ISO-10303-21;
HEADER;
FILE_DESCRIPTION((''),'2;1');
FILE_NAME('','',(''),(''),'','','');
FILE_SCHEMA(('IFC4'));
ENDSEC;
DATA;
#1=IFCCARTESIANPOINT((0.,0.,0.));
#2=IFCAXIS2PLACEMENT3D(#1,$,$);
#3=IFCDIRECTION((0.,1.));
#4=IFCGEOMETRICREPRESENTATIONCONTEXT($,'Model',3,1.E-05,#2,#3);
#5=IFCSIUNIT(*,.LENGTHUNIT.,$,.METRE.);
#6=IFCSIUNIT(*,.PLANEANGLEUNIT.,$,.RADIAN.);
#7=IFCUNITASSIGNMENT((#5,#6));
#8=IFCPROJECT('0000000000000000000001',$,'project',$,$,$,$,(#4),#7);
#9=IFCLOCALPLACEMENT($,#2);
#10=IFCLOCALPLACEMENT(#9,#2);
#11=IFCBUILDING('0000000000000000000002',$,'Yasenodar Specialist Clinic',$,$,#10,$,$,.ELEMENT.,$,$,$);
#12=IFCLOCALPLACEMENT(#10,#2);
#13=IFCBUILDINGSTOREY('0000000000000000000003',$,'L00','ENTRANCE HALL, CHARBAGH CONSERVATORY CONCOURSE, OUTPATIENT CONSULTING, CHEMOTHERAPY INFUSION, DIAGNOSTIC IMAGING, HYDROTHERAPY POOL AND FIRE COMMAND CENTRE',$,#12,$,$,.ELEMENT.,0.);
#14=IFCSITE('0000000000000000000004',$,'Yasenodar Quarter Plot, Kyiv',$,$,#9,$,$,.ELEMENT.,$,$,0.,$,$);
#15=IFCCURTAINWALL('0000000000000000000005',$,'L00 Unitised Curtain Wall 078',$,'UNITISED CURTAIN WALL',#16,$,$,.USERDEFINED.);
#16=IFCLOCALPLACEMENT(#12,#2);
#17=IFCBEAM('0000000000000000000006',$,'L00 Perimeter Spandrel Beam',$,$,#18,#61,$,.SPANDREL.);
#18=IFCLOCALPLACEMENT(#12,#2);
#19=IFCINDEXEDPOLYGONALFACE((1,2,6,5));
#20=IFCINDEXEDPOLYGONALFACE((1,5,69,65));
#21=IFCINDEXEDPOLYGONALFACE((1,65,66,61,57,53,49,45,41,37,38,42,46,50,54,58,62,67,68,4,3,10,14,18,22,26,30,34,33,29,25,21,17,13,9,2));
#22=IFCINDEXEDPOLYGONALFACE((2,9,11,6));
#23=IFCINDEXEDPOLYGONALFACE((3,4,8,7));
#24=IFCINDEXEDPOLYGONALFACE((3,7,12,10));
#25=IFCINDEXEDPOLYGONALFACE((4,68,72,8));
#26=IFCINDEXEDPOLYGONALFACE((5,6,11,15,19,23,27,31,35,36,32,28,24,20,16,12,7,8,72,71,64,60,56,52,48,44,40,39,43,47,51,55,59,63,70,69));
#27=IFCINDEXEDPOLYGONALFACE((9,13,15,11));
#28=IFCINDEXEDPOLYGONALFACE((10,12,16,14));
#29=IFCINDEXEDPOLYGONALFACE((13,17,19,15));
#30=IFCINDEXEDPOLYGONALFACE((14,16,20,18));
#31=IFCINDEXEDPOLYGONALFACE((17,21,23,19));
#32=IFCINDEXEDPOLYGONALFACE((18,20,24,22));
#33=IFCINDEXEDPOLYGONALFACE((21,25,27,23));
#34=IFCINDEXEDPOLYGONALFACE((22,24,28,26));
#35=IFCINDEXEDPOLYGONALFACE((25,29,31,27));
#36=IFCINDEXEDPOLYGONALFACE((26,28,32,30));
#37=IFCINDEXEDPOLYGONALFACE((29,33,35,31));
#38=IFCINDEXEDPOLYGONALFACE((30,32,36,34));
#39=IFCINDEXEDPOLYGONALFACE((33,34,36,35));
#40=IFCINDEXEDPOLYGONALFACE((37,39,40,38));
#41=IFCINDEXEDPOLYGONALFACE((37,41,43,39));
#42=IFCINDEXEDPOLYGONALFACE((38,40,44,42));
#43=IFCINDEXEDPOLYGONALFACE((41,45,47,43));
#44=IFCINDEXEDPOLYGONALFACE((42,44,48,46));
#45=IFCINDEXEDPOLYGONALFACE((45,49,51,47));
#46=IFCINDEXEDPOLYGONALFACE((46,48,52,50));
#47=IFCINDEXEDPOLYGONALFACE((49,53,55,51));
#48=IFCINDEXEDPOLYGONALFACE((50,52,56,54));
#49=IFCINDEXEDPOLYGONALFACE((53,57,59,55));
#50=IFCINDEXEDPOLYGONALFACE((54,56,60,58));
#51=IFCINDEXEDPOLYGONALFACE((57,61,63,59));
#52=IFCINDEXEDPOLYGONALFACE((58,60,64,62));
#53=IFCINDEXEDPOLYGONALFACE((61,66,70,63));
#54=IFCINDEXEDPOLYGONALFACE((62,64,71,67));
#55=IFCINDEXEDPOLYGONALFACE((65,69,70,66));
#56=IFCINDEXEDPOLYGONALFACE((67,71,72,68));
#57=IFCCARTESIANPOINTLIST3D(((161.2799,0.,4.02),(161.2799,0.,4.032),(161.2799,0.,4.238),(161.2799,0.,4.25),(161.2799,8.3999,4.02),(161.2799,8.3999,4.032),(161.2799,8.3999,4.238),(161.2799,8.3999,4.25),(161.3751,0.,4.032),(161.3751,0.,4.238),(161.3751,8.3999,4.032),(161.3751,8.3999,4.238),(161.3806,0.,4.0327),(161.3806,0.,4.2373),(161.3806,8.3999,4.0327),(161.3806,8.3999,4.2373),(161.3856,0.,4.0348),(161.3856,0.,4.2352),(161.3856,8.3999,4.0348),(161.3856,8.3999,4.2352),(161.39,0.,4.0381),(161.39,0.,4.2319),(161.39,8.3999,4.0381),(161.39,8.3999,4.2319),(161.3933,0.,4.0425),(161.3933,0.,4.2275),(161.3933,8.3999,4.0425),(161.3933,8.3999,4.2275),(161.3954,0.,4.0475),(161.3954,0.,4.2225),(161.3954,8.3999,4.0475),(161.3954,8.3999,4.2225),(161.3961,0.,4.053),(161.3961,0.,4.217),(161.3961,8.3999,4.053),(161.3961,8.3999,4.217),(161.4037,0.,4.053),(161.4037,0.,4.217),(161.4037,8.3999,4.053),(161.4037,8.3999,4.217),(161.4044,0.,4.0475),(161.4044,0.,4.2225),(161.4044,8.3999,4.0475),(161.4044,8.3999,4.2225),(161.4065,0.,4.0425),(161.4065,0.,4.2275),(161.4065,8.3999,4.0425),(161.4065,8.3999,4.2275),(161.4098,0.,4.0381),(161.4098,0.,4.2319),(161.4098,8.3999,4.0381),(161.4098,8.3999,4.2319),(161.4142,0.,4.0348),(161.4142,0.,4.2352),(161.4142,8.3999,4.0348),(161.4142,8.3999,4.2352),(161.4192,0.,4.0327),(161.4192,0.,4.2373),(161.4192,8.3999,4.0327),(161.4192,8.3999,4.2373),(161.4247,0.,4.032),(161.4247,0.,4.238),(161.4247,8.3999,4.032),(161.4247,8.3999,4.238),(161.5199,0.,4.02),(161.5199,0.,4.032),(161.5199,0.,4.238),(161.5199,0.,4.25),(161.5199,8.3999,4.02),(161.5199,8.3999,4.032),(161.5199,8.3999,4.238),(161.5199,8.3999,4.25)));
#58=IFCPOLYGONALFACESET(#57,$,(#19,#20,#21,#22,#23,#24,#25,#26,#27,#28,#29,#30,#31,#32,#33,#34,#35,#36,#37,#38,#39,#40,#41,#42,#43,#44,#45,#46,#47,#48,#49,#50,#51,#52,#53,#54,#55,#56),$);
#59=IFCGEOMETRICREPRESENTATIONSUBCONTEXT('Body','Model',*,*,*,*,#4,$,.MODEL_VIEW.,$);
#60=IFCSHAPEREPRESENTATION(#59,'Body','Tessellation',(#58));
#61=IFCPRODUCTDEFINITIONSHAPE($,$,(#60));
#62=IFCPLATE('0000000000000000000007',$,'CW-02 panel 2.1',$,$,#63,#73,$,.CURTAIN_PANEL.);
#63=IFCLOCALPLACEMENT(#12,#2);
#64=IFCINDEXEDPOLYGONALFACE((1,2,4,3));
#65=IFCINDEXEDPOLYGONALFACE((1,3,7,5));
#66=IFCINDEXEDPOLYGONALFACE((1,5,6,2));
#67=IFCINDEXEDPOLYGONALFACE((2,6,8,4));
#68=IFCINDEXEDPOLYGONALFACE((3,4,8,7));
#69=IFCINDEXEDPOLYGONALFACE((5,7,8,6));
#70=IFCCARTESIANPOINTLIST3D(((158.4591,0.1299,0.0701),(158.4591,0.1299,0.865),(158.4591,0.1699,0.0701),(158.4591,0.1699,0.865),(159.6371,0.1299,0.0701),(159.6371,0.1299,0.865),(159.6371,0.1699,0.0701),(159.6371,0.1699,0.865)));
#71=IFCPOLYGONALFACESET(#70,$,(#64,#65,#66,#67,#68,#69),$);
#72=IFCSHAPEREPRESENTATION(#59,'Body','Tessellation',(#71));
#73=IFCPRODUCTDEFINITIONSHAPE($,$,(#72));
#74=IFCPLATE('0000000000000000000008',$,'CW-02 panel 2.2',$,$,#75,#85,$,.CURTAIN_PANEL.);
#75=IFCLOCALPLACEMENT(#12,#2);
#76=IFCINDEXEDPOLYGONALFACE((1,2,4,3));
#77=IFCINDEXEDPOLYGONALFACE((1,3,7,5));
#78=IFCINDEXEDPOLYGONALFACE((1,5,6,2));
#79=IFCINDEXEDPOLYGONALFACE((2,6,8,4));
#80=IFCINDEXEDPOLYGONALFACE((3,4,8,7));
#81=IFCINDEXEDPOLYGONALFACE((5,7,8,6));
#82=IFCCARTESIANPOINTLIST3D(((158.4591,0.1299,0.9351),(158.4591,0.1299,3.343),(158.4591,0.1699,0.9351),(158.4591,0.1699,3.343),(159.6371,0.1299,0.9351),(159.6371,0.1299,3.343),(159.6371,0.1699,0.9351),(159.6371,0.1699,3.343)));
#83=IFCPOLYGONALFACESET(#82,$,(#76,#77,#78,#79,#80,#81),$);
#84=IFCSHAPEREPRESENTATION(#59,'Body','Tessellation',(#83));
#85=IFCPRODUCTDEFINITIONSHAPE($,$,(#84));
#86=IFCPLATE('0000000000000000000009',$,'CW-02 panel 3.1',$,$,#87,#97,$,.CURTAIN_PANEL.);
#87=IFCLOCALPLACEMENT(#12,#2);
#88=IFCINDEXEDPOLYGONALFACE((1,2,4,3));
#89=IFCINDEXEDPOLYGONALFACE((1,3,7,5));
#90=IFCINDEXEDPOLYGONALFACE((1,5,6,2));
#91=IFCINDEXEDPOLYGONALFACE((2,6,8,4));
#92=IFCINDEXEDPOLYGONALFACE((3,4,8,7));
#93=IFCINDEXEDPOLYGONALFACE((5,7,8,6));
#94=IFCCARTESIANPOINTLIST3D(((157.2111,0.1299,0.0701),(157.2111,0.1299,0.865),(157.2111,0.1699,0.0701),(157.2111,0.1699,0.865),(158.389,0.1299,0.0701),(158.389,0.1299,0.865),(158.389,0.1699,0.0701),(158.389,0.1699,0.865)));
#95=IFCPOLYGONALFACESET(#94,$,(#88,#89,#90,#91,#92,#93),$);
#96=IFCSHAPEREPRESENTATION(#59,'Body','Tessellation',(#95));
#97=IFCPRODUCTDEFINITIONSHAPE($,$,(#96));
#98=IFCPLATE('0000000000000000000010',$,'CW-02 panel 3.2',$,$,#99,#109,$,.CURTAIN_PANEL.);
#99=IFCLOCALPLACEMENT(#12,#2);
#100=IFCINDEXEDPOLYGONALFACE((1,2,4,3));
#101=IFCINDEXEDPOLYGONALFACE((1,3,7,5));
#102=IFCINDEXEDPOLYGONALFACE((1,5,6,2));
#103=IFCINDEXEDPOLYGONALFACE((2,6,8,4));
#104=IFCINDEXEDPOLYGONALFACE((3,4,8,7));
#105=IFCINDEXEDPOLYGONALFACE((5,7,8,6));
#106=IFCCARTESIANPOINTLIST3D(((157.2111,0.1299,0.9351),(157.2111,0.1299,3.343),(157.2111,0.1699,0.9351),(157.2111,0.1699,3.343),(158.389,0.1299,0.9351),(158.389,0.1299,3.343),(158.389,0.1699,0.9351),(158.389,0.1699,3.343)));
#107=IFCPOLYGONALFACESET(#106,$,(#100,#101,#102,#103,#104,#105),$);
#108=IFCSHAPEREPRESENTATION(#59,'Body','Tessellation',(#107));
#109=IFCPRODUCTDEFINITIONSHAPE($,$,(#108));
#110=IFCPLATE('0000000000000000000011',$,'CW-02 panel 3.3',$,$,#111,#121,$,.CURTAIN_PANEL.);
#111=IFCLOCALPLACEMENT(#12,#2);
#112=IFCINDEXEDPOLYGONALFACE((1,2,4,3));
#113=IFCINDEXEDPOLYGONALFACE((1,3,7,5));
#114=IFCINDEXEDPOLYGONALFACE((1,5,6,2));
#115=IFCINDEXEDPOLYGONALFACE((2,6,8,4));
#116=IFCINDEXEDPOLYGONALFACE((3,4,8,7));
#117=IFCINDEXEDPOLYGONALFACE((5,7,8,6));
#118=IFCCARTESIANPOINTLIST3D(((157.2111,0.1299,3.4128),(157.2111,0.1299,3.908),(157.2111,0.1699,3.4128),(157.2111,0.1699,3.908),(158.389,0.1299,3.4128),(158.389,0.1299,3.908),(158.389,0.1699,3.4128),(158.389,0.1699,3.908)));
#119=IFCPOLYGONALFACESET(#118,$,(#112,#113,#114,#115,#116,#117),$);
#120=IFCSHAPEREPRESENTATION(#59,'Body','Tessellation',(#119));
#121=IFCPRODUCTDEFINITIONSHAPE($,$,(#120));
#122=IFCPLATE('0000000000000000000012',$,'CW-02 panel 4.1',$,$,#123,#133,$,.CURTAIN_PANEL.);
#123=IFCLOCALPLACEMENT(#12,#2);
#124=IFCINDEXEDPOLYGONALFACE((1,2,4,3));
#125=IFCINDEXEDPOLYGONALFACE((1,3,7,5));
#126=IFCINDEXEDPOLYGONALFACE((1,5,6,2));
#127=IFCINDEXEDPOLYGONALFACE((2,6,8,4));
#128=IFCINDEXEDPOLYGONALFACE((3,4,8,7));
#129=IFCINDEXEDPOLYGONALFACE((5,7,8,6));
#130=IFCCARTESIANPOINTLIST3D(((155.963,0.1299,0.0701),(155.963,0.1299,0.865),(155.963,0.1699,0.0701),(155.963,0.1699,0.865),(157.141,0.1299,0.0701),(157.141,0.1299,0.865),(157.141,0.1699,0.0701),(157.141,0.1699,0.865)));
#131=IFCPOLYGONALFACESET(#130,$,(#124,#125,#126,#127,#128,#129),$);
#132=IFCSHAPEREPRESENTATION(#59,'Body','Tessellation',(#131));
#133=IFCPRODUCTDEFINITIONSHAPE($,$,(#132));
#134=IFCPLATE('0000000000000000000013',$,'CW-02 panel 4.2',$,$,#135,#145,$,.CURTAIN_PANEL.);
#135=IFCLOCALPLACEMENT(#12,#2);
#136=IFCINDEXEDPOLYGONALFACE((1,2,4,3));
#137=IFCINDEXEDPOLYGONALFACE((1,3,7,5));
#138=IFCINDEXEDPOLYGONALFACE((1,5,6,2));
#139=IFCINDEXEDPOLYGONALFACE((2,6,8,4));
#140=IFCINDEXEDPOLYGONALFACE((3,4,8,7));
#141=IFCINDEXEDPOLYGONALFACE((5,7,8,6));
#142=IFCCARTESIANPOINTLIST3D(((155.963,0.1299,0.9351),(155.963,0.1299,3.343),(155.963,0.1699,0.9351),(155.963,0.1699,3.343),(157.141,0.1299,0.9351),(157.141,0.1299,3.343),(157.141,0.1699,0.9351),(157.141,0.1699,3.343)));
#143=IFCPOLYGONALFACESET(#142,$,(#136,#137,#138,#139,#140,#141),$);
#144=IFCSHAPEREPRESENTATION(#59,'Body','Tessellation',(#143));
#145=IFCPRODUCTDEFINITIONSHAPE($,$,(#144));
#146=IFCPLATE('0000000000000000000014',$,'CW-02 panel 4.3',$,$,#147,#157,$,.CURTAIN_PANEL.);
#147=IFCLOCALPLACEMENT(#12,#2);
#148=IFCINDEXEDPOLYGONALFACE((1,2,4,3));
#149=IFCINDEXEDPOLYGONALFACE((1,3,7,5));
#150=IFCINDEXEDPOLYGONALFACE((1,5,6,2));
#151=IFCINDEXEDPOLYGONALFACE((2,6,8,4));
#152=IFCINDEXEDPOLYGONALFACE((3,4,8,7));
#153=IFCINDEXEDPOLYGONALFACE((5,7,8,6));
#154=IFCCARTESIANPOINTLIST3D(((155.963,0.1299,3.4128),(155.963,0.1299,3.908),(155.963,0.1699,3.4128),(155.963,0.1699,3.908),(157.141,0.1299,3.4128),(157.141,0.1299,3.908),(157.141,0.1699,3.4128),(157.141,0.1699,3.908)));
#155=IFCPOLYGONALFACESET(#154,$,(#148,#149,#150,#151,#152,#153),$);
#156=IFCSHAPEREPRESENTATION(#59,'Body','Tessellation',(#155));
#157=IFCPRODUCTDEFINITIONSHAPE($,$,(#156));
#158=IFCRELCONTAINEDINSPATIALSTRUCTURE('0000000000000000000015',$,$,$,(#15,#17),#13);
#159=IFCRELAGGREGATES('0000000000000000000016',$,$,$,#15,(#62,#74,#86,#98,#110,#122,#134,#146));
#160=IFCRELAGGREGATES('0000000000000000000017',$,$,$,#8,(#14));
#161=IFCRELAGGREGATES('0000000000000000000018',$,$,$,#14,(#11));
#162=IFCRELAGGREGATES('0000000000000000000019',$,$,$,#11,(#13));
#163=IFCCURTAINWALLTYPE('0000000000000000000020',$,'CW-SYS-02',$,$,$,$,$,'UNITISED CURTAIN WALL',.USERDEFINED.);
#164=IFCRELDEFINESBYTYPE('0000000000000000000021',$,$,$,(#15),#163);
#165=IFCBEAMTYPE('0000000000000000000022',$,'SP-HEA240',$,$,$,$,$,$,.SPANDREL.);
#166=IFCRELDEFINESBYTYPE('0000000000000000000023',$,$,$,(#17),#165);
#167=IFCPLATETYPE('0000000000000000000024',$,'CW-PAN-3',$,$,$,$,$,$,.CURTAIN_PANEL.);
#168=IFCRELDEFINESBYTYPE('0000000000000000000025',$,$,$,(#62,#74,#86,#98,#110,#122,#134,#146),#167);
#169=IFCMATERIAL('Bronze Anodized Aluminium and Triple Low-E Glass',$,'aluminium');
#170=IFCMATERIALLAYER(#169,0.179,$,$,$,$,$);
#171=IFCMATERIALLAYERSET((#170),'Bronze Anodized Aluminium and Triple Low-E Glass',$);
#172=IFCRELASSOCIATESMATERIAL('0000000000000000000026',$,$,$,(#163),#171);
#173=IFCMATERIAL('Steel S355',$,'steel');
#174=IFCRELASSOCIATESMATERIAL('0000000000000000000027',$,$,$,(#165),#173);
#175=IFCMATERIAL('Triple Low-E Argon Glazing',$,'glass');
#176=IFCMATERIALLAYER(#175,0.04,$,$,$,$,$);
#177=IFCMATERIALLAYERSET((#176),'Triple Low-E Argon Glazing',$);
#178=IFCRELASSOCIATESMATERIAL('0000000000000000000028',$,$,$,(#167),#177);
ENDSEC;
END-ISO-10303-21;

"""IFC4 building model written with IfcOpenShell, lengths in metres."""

from ifc_helpers import new_model, si_unit, direction, frame, origin, origin_2d, place, context, subcontext, project, spatial, rectangle, i_section, extrude, material, layer, layer_set, material_profile, profile_set, type_object, element, aggregate, save


model = new_model("IFC4")

# Units and contexts
model_context = context("Model", 3, precision=1e-05, world=origin(), true_north=direction((0.0, 1.0)))
body_context = subcontext(model_context, "Body", "Model", "MODEL_VIEW")
ifc_project = project(units=[si_unit("LENGTHUNIT", "METRE"), si_unit("PLANEANGLEUNIT", "RADIAN")], contexts=[model_context])

# Site, building, storey
site_placement = place(None, origin())
site = spatial("IfcSite", under=ifc_project, at=site_placement, Name="Yasenodar Quarter Plot, Kyiv", CompositionType="ELEMENT", RefElevation=0.0)
building_placement = place(site_placement, origin())
building = spatial("IfcBuilding", under=site, at=building_placement, Name="Yasenodar Specialist Clinic", CompositionType="ELEMENT")
storey_placement = place(building_placement, origin())
storey = spatial("IfcBuildingStorey", under=building, at=storey_placement, Name="L00", Description="ENTRANCE HALL, CHARBAGH CONSERVATORY CONCOURSE, OUTPATIENT CONSULTING, CHEMOTHERAPY INFUSION, DIAGNOSTIC IMAGING, HYDROTHERAPY POOL AND FIRE COMMAND CENTRE", CompositionType="ELEMENT", Elevation=0.0)

# Curtain wall
ifc_material_1 = material(Name="Bronze Anodized Aluminium and Triple Low-E Glass", Category="aluminium")
ifc_layer_1 = layer(ifc_material_1, 0.179)
ifc_layer_set_1 = layer_set([ifc_layer_1], Name="Bronze Anodized Aluminium and Triple Low-E Glass")
curtain_wall_type = type_object("IfcCurtainWallType", Name="CW-SYS-02", ElementType="UNITISED CURTAIN WALL", PredefinedType="USERDEFINED", material=ifc_layer_set_1)
curtain_wall_placement = place(storey_placement, origin())
curtain_wall = element("IfcCurtainWall", 1, at=curtain_wall_placement, inside=storey, type_object=curtain_wall_type, Name="L00 Unitised Curtain Wall 078", ObjectType="UNITISED CURTAIN WALL", PredefinedType="USERDEFINED")

# Beam
ifc_material_2 = material(Name="Steel S355", Category="steel")
ifc_material_profile_1 = material_profile(ifc_material_2, i_section(OverallWidth=0.24, OverallDepth=0.23, WebThickness=0.0076, FlangeThickness=0.012, FilletRadius=0.021, at=origin_2d()), Name="HEA 240")
ifc_profile_set_1 = profile_set([ifc_material_profile_1], Name="Steel S355")
beam_type = type_object("IfcBeamType", Name="SP-HEA240", PredefinedType="SPANDREL", material=ifc_profile_set_1)
beam_placement = place(storey_placement, frame((161.3999, 0.0, 4.135), z_axis=(0.0, 1.0, 0.0), x_axis=(-1.0, 0.0, 0.0)))
element("IfcBeam", 2, at=beam_placement, inside=storey, type_object=beam_type, Name="L00 Perimeter Spandrel Beam", PredefinedType="SPANDREL", context=body_context, shape_type="SweptSolid", body=[
    extrude(i_section(OverallWidth=0.24, OverallDepth=0.23, WebThickness=0.0076, FlangeThickness=0.012, FilletRadius=0.021, at=origin_2d()), origin(), (0.0, 0.0, 1.0), 8.3999),
])

# Plates
ifc_material_3 = material(Name="Triple Low-E Argon Glazing", Category="glass")
ifc_layer_2 = layer(ifc_material_3, 0.04)
ifc_layer_set_2 = layer_set([ifc_layer_2], Name="Triple Low-E Argon Glazing")
plate_type = type_object("IfcPlateType", Name="CW-PAN-3", PredefinedType="CURTAIN_PANEL", material=ifc_layer_set_2)
plate_1_placement = place(storey_placement, frame((159.0481, 0.1499, 0.0701), z_axis=(0.0, 0.0, 1.0), x_axis=(-1.0, 0.0, 0.0)))
plate_1 = element("IfcPlate", 3, at=plate_1_placement, type_object=plate_type, Name="CW-02 panel 2.1", PredefinedType="CURTAIN_PANEL", context=body_context, shape_type="SweptSolid", body=[
    extrude(rectangle(XDim=1.178, YDim=0.04, at=origin_2d()), origin(), (0.0, 0.0, 1.0), 0.7949),
])
plate_2_placement = place(storey_placement, frame((159.0481, 0.1499, 0.9351), z_axis=(0.0, 0.0, 1.0), x_axis=(-1.0, 0.0, 0.0)))
plate_2 = element("IfcPlate", 4, at=plate_2_placement, type_object=plate_type, Name="CW-02 panel 2.2", PredefinedType="CURTAIN_PANEL", context=body_context, shape_type="SweptSolid", body=[
    extrude(rectangle(XDim=1.178, YDim=0.04, at=origin_2d()), origin(), (0.0, 0.0, 1.0), 2.408),
])
plate_3_placement = place(storey_placement, frame((157.8, 0.1499, 0.0701), z_axis=(0.0, 0.0, 1.0), x_axis=(-1.0, 0.0, 0.0)))
plate_3 = element("IfcPlate", 5, at=plate_3_placement, type_object=plate_type, Name="CW-02 panel 3.1", PredefinedType="CURTAIN_PANEL", context=body_context, shape_type="SweptSolid", body=[
    extrude(rectangle(XDim=1.178, YDim=0.04, at=origin_2d()), origin(), (0.0, 0.0, 1.0), 0.7949),
])
plate_4_placement = place(storey_placement, frame((157.8, 0.1499, 0.9351), z_axis=(0.0, 0.0, 1.0), x_axis=(-1.0, 0.0, 0.0)))
plate_4 = element("IfcPlate", 6, at=plate_4_placement, type_object=plate_type, Name="CW-02 panel 3.2", PredefinedType="CURTAIN_PANEL", context=body_context, shape_type="SweptSolid", body=[
    extrude(rectangle(XDim=1.178, YDim=0.04, at=origin_2d()), origin(), (0.0, 0.0, 1.0), 2.408),
])
plate_5_placement = place(storey_placement, frame((157.8, 0.1499, 3.4128), z_axis=(0.0, 0.0, 1.0), x_axis=(-1.0, 0.0, 0.0)))
plate_5 = element("IfcPlate", 7, at=plate_5_placement, type_object=plate_type, Name="CW-02 panel 3.3", PredefinedType="CURTAIN_PANEL", context=body_context, shape_type="SweptSolid", body=[
    extrude(rectangle(XDim=1.178, YDim=0.04, at=origin_2d()), origin(), (0.0, 0.0, 1.0), 0.4951),
])
plate_6_placement = place(storey_placement, frame((156.552, 0.1499, 0.0701), z_axis=(0.0, 0.0, 1.0), x_axis=(-1.0, 0.0, 0.0)))
plate_6 = element("IfcPlate", 8, at=plate_6_placement, type_object=plate_type, Name="CW-02 panel 4.1", PredefinedType="CURTAIN_PANEL", context=body_context, shape_type="SweptSolid", body=[
    extrude(rectangle(XDim=1.178, YDim=0.04, at=origin_2d()), origin(), (0.0, 0.0, 1.0), 0.7949),
])
plate_7_placement = place(storey_placement, frame((156.552, 0.1499, 0.9351), z_axis=(0.0, 0.0, 1.0), x_axis=(-1.0, 0.0, 0.0)))
plate_7 = element("IfcPlate", 9, at=plate_7_placement, type_object=plate_type, Name="CW-02 panel 4.2", PredefinedType="CURTAIN_PANEL", context=body_context, shape_type="SweptSolid", body=[
    extrude(rectangle(XDim=1.178, YDim=0.04, at=origin_2d()), origin(), (0.0, 0.0, 1.0), 2.408),
])
plate_8_placement = place(storey_placement, frame((156.552, 0.1499, 3.4128), z_axis=(0.0, 0.0, 1.0), x_axis=(-1.0, 0.0, 0.0)))
plate_8 = element("IfcPlate", 10, at=plate_8_placement, type_object=plate_type, Name="CW-02 panel 4.3", PredefinedType="CURTAIN_PANEL", context=body_context, shape_type="SweptSolid", body=[
    extrude(rectangle(XDim=1.178, YDim=0.04, at=origin_2d()), origin(), (0.0, 0.0, 1.0), 0.4951),
])
aggregate(curtain_wall, [plate_1, plate_2, plate_3, plate_4, plate_5, plate_6, plate_7, plate_8])

save(model, "model.ifc")
